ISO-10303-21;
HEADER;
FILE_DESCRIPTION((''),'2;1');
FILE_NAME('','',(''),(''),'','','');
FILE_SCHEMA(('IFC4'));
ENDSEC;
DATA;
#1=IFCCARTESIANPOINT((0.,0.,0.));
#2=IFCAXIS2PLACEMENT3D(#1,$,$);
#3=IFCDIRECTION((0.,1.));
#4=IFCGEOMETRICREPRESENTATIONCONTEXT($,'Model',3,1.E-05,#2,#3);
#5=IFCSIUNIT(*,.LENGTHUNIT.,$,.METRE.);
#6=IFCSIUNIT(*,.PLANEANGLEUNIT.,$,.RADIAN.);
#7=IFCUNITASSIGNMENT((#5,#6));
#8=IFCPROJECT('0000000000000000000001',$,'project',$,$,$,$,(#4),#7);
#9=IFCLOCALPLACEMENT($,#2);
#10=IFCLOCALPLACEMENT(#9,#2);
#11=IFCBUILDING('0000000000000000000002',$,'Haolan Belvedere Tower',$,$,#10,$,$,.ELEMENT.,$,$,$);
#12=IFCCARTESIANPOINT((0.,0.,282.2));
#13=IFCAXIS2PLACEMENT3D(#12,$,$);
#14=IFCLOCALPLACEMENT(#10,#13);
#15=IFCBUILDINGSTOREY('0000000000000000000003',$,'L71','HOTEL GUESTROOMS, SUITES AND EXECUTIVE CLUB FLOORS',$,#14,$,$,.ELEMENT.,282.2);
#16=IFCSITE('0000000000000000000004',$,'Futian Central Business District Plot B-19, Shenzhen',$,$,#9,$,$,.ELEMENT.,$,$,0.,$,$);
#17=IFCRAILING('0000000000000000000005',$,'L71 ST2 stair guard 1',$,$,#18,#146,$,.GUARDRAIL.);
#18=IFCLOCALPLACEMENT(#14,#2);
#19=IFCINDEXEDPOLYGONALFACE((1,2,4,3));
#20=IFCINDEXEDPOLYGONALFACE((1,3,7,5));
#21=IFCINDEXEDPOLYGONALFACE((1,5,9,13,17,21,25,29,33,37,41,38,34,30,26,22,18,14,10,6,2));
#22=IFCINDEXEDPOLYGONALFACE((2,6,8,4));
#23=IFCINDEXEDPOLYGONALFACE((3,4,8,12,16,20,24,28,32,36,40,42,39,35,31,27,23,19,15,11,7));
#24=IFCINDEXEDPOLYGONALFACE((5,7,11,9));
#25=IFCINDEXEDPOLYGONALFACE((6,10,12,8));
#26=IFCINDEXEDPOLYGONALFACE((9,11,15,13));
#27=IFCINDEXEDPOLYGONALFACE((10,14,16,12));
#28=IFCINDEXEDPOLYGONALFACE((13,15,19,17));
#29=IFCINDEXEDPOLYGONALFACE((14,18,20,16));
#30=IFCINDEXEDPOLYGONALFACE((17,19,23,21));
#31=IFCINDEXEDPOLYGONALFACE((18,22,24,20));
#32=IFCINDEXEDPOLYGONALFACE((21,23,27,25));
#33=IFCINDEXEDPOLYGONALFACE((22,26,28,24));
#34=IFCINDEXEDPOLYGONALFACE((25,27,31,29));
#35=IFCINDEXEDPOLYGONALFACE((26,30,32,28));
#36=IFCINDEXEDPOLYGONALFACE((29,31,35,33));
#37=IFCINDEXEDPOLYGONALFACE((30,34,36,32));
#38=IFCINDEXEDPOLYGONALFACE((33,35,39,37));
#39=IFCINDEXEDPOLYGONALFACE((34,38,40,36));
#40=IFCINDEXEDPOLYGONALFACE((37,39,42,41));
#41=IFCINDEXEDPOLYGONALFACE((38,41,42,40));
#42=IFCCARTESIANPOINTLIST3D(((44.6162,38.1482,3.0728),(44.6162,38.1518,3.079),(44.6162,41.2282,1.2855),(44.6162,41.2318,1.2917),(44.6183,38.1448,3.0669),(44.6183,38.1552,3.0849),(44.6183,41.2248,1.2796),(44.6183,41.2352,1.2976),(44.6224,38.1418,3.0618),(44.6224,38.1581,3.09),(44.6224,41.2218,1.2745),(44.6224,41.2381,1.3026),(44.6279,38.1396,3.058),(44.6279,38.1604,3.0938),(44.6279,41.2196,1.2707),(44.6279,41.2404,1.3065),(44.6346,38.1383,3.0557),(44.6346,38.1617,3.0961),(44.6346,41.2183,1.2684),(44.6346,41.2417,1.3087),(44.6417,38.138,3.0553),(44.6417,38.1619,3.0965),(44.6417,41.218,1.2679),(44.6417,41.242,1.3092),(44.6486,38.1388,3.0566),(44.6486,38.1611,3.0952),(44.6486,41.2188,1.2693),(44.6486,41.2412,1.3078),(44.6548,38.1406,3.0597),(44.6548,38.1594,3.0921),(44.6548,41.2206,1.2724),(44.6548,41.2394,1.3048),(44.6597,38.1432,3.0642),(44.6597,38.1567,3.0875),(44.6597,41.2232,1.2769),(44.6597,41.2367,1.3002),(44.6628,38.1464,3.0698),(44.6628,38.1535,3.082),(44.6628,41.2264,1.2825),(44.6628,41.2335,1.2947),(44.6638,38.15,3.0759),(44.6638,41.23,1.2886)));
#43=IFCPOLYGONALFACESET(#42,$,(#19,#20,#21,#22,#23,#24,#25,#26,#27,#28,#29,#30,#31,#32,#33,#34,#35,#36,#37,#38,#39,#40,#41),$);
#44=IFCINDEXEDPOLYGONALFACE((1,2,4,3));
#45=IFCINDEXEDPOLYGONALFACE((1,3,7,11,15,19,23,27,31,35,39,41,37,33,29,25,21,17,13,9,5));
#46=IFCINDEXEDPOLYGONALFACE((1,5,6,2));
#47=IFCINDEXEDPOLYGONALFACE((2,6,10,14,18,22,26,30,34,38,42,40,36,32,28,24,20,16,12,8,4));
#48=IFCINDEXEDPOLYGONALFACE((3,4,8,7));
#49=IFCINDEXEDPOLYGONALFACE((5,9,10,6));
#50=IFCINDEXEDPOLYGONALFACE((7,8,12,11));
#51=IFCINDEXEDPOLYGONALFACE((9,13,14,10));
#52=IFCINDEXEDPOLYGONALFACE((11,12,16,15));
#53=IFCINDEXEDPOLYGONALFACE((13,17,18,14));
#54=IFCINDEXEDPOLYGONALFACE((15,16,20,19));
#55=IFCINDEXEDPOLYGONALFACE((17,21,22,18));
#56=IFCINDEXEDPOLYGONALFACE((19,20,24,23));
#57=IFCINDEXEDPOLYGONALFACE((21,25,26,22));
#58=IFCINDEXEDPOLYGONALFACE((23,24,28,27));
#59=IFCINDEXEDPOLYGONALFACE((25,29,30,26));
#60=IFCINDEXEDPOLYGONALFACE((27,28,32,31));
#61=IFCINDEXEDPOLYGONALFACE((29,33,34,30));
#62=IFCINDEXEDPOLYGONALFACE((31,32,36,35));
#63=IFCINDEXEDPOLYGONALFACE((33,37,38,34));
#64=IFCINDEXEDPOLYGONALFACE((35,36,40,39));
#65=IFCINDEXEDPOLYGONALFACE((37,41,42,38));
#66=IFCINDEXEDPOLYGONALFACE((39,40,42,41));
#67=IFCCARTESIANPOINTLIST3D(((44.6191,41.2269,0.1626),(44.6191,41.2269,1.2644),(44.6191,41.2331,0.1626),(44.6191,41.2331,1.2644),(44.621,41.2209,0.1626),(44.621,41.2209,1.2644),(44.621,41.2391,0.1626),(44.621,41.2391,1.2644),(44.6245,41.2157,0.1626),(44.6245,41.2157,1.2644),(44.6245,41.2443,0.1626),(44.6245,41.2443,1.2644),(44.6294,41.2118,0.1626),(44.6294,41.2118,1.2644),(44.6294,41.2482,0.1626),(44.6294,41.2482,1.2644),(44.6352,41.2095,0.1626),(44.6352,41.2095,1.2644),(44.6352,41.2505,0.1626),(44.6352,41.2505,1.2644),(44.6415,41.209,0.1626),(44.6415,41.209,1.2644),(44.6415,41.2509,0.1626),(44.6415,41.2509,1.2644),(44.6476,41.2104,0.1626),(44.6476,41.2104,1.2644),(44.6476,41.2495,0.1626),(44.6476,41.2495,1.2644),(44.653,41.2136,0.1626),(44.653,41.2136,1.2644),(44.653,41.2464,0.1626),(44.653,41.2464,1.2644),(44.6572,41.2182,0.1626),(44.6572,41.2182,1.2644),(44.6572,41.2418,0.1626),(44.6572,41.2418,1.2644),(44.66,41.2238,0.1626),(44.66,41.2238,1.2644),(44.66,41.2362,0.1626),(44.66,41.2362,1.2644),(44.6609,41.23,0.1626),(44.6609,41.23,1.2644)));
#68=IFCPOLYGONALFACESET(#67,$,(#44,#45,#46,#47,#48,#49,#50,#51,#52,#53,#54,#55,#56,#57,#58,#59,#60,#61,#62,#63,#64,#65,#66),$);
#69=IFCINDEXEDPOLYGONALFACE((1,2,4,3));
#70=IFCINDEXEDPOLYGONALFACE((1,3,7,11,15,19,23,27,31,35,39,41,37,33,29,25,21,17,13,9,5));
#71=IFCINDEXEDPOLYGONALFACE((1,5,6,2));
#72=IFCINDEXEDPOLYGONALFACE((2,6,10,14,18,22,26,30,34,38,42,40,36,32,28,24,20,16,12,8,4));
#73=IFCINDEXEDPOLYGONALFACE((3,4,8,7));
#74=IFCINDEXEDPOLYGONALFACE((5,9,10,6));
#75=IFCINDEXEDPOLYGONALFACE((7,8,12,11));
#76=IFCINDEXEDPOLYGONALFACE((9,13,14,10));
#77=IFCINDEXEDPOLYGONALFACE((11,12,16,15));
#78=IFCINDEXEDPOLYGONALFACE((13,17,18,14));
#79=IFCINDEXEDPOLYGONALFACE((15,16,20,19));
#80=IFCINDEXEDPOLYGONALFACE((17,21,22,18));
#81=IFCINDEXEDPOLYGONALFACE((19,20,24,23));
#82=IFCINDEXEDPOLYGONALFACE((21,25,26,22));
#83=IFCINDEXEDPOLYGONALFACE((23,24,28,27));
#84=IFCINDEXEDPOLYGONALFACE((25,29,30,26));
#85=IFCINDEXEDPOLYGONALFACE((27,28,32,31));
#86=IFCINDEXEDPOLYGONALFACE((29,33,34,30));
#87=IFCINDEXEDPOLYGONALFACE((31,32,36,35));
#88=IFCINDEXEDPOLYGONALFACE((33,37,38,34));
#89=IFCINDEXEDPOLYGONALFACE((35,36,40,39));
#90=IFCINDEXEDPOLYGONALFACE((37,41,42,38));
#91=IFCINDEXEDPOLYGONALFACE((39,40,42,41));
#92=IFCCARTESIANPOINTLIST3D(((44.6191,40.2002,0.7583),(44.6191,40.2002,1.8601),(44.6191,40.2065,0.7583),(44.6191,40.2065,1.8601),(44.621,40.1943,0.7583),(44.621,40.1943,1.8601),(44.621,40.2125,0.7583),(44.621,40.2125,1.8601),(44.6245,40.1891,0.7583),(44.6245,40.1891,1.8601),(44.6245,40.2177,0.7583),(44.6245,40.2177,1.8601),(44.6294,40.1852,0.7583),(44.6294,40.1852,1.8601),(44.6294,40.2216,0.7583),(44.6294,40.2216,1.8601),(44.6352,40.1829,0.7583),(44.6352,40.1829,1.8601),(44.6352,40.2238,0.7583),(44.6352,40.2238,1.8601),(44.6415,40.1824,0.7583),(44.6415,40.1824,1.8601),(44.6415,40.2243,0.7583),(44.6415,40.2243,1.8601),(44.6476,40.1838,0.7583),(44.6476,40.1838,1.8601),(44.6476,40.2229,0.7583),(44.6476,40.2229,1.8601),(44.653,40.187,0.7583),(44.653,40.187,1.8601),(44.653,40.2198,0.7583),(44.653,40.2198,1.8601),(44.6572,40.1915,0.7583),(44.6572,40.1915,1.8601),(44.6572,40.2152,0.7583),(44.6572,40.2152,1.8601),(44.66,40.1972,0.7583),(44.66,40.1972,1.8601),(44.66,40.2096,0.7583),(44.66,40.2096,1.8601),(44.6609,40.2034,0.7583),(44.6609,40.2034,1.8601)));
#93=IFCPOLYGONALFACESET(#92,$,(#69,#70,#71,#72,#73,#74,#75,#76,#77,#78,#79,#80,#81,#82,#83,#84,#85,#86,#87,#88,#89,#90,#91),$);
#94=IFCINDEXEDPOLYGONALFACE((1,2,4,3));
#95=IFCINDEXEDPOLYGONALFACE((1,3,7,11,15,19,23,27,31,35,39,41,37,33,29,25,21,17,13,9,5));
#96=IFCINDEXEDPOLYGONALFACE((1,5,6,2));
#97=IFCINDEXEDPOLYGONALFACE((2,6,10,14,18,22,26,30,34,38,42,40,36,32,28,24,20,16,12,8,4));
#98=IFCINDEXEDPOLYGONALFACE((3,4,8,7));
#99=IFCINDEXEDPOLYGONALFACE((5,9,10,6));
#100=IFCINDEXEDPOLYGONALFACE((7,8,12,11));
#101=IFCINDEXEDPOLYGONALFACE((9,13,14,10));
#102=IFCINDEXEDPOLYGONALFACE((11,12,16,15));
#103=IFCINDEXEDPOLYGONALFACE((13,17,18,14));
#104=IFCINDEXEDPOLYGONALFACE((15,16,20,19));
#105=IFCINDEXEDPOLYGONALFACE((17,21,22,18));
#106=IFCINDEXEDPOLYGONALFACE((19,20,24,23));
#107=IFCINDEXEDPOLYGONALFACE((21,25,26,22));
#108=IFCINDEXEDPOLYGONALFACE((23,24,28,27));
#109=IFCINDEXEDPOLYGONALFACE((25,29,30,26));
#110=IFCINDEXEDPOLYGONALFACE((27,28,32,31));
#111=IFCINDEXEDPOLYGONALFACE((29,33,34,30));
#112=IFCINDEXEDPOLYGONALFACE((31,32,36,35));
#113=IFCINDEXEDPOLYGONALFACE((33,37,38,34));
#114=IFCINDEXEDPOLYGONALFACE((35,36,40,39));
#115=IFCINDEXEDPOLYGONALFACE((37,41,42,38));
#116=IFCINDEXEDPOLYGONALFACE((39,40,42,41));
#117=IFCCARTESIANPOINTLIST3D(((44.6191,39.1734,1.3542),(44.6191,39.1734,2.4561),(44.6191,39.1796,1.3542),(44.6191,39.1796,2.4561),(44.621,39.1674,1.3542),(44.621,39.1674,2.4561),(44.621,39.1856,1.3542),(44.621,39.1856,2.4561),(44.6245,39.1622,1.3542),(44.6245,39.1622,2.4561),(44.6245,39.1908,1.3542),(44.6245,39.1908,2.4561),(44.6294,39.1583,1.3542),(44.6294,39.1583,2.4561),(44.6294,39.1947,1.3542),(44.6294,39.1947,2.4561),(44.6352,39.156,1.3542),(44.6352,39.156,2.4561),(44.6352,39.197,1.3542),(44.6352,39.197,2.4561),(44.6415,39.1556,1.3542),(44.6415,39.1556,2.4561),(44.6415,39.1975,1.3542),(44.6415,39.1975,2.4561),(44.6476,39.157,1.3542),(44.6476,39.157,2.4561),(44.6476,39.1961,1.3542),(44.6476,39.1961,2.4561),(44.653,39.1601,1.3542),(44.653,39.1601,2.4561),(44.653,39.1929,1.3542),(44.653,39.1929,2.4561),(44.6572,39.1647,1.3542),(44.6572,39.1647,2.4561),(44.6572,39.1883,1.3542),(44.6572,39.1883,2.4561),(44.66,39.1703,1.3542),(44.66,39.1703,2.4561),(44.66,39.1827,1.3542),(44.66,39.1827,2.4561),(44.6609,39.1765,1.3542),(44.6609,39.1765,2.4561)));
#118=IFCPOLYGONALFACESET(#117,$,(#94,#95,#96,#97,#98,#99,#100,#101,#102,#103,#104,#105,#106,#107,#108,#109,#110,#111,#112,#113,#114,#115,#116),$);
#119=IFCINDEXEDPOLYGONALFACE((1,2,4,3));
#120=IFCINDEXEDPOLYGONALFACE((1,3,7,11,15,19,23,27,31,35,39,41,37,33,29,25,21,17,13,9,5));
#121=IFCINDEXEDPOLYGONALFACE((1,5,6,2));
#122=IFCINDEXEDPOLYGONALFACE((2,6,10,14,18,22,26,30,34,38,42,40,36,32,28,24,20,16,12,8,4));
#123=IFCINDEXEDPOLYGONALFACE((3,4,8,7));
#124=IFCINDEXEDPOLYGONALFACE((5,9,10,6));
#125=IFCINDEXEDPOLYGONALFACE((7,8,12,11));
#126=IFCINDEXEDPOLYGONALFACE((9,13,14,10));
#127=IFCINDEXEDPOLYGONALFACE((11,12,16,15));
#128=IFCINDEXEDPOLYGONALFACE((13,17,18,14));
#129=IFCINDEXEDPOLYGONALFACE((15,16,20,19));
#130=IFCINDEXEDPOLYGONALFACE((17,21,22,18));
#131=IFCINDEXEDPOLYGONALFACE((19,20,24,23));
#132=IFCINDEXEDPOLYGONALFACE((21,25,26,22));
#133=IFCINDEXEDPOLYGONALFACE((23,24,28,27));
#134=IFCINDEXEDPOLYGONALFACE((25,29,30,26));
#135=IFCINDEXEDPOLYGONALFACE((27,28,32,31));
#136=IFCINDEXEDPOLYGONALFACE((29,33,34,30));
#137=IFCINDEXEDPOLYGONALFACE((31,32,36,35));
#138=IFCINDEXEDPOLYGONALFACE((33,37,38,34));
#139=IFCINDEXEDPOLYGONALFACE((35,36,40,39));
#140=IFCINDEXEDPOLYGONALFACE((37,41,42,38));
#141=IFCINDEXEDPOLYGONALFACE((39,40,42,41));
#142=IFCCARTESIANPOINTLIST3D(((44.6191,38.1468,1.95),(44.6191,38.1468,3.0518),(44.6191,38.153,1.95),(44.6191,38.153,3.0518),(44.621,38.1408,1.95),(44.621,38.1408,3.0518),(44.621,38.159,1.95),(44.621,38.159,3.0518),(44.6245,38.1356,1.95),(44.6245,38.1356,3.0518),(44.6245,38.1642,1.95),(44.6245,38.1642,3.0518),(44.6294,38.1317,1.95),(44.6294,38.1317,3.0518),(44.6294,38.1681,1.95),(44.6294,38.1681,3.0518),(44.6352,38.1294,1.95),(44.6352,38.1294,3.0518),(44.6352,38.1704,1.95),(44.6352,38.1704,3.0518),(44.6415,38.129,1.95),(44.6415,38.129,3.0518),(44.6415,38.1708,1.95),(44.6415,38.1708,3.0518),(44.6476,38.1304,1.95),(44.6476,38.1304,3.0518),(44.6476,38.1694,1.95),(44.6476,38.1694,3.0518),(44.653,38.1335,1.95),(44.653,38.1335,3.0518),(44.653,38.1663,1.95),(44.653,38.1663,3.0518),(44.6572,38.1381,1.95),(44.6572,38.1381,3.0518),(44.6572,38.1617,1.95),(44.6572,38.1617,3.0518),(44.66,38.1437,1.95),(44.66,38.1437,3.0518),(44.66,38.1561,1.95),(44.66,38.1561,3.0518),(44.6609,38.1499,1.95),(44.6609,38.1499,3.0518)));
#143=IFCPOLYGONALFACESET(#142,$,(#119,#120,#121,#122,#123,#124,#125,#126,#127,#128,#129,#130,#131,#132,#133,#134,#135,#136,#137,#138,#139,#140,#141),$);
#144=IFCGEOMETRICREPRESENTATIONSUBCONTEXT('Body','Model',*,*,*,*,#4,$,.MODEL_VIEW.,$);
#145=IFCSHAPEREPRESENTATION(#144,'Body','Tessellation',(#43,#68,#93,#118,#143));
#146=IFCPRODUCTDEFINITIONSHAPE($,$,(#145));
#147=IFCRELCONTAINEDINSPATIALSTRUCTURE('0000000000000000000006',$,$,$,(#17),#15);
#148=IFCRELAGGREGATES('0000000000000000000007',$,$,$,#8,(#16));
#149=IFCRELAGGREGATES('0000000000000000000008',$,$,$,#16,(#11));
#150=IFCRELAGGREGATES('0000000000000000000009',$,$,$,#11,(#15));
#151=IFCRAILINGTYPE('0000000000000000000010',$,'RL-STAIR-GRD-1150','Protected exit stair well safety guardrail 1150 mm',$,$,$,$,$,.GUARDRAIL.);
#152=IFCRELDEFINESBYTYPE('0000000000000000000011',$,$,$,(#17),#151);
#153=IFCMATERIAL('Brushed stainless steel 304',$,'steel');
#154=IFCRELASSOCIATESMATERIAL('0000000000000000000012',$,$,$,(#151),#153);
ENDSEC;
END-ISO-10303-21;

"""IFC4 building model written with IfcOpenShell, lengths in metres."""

from ifc_helpers import new_model, si_unit, direction, frame, origin, origin_2d, place, context, subcontext, project, spatial, circle, extrude, material, type_object, element, save


model = new_model("IFC4")

# Units and contexts
model_context = context("Model", 3, precision=1e-05, world=origin(), true_north=direction((0.0, 1.0)))
body_context = subcontext(model_context, "Body", "Model", "MODEL_VIEW")
ifc_project = project(units=[si_unit("LENGTHUNIT", "METRE"), si_unit("PLANEANGLEUNIT", "RADIAN")], contexts=[model_context])

# Site, building, storey
site_placement = place(None, origin())
site = spatial("IfcSite", under=ifc_project, at=site_placement, Name="Futian Central Business District Plot B-19, Shenzhen", CompositionType="ELEMENT", RefElevation=0.0)
building_placement = place(site_placement, origin())
building = spatial("IfcBuilding", under=site, at=building_placement, Name="Haolan Belvedere Tower", CompositionType="ELEMENT")
storey_placement = place(building_placement, frame((0.0, 0.0, 282.2)))
storey = spatial("IfcBuildingStorey", under=building, at=storey_placement, Name="L71", Description="HOTEL GUESTROOMS, SUITES AND EXECUTIVE CLUB FLOORS", CompositionType="ELEMENT", Elevation=282.2)

# Railing
ifc_material_1 = material(Name="Brushed stainless steel 304", Category="steel")
railing_type_1 = type_object("IfcRailingType", Name="RL-STAIR-GRD-1150", Description="Protected exit stair well safety guardrail 1150 mm", PredefinedType="GUARDRAIL", material=ifc_material_1)
railing_1_placement = place(storey_placement, frame((44.6399, 41.23, 0.1626)))
element("IfcRailing", 1, at=railing_1_placement, inside=storey, type_object=railing_type_1, Name="L71 ST2 stair guard 1", PredefinedType="GUARDRAIL", context=body_context, shape_type="SweptSolid", body=[
    extrude(circle(Radius=0.0239, at=origin_2d()), frame((0.0, 0.0, 1.126), z_axis=(0.0, -0.86492, 0.501909), x_axis=(1.0, 0.0, 0.0)), (0.0, 0.0, 1.0), 3.561),
    extrude(circle(Radius=0.021, at=origin_2d()), origin(), (0.0, 0.0, 1.0), 1.1018),
    extrude(circle(Radius=0.021, at=origin_2d()), frame((0.0, -1.0266, 0.5957)), (0.0, 0.0, 1.0), 1.1018),
    extrude(circle(Radius=0.021, at=origin_2d()), frame((0.0, -2.0535, 1.1917)), (0.0, 0.0, 1.0), 1.1018),
    extrude(circle(Radius=0.021, at=origin_2d()), frame((0.0, -3.0801, 1.7874)), (0.0, 0.0, 1.0), 1.1018),
])

save(model, "model.ifc")
